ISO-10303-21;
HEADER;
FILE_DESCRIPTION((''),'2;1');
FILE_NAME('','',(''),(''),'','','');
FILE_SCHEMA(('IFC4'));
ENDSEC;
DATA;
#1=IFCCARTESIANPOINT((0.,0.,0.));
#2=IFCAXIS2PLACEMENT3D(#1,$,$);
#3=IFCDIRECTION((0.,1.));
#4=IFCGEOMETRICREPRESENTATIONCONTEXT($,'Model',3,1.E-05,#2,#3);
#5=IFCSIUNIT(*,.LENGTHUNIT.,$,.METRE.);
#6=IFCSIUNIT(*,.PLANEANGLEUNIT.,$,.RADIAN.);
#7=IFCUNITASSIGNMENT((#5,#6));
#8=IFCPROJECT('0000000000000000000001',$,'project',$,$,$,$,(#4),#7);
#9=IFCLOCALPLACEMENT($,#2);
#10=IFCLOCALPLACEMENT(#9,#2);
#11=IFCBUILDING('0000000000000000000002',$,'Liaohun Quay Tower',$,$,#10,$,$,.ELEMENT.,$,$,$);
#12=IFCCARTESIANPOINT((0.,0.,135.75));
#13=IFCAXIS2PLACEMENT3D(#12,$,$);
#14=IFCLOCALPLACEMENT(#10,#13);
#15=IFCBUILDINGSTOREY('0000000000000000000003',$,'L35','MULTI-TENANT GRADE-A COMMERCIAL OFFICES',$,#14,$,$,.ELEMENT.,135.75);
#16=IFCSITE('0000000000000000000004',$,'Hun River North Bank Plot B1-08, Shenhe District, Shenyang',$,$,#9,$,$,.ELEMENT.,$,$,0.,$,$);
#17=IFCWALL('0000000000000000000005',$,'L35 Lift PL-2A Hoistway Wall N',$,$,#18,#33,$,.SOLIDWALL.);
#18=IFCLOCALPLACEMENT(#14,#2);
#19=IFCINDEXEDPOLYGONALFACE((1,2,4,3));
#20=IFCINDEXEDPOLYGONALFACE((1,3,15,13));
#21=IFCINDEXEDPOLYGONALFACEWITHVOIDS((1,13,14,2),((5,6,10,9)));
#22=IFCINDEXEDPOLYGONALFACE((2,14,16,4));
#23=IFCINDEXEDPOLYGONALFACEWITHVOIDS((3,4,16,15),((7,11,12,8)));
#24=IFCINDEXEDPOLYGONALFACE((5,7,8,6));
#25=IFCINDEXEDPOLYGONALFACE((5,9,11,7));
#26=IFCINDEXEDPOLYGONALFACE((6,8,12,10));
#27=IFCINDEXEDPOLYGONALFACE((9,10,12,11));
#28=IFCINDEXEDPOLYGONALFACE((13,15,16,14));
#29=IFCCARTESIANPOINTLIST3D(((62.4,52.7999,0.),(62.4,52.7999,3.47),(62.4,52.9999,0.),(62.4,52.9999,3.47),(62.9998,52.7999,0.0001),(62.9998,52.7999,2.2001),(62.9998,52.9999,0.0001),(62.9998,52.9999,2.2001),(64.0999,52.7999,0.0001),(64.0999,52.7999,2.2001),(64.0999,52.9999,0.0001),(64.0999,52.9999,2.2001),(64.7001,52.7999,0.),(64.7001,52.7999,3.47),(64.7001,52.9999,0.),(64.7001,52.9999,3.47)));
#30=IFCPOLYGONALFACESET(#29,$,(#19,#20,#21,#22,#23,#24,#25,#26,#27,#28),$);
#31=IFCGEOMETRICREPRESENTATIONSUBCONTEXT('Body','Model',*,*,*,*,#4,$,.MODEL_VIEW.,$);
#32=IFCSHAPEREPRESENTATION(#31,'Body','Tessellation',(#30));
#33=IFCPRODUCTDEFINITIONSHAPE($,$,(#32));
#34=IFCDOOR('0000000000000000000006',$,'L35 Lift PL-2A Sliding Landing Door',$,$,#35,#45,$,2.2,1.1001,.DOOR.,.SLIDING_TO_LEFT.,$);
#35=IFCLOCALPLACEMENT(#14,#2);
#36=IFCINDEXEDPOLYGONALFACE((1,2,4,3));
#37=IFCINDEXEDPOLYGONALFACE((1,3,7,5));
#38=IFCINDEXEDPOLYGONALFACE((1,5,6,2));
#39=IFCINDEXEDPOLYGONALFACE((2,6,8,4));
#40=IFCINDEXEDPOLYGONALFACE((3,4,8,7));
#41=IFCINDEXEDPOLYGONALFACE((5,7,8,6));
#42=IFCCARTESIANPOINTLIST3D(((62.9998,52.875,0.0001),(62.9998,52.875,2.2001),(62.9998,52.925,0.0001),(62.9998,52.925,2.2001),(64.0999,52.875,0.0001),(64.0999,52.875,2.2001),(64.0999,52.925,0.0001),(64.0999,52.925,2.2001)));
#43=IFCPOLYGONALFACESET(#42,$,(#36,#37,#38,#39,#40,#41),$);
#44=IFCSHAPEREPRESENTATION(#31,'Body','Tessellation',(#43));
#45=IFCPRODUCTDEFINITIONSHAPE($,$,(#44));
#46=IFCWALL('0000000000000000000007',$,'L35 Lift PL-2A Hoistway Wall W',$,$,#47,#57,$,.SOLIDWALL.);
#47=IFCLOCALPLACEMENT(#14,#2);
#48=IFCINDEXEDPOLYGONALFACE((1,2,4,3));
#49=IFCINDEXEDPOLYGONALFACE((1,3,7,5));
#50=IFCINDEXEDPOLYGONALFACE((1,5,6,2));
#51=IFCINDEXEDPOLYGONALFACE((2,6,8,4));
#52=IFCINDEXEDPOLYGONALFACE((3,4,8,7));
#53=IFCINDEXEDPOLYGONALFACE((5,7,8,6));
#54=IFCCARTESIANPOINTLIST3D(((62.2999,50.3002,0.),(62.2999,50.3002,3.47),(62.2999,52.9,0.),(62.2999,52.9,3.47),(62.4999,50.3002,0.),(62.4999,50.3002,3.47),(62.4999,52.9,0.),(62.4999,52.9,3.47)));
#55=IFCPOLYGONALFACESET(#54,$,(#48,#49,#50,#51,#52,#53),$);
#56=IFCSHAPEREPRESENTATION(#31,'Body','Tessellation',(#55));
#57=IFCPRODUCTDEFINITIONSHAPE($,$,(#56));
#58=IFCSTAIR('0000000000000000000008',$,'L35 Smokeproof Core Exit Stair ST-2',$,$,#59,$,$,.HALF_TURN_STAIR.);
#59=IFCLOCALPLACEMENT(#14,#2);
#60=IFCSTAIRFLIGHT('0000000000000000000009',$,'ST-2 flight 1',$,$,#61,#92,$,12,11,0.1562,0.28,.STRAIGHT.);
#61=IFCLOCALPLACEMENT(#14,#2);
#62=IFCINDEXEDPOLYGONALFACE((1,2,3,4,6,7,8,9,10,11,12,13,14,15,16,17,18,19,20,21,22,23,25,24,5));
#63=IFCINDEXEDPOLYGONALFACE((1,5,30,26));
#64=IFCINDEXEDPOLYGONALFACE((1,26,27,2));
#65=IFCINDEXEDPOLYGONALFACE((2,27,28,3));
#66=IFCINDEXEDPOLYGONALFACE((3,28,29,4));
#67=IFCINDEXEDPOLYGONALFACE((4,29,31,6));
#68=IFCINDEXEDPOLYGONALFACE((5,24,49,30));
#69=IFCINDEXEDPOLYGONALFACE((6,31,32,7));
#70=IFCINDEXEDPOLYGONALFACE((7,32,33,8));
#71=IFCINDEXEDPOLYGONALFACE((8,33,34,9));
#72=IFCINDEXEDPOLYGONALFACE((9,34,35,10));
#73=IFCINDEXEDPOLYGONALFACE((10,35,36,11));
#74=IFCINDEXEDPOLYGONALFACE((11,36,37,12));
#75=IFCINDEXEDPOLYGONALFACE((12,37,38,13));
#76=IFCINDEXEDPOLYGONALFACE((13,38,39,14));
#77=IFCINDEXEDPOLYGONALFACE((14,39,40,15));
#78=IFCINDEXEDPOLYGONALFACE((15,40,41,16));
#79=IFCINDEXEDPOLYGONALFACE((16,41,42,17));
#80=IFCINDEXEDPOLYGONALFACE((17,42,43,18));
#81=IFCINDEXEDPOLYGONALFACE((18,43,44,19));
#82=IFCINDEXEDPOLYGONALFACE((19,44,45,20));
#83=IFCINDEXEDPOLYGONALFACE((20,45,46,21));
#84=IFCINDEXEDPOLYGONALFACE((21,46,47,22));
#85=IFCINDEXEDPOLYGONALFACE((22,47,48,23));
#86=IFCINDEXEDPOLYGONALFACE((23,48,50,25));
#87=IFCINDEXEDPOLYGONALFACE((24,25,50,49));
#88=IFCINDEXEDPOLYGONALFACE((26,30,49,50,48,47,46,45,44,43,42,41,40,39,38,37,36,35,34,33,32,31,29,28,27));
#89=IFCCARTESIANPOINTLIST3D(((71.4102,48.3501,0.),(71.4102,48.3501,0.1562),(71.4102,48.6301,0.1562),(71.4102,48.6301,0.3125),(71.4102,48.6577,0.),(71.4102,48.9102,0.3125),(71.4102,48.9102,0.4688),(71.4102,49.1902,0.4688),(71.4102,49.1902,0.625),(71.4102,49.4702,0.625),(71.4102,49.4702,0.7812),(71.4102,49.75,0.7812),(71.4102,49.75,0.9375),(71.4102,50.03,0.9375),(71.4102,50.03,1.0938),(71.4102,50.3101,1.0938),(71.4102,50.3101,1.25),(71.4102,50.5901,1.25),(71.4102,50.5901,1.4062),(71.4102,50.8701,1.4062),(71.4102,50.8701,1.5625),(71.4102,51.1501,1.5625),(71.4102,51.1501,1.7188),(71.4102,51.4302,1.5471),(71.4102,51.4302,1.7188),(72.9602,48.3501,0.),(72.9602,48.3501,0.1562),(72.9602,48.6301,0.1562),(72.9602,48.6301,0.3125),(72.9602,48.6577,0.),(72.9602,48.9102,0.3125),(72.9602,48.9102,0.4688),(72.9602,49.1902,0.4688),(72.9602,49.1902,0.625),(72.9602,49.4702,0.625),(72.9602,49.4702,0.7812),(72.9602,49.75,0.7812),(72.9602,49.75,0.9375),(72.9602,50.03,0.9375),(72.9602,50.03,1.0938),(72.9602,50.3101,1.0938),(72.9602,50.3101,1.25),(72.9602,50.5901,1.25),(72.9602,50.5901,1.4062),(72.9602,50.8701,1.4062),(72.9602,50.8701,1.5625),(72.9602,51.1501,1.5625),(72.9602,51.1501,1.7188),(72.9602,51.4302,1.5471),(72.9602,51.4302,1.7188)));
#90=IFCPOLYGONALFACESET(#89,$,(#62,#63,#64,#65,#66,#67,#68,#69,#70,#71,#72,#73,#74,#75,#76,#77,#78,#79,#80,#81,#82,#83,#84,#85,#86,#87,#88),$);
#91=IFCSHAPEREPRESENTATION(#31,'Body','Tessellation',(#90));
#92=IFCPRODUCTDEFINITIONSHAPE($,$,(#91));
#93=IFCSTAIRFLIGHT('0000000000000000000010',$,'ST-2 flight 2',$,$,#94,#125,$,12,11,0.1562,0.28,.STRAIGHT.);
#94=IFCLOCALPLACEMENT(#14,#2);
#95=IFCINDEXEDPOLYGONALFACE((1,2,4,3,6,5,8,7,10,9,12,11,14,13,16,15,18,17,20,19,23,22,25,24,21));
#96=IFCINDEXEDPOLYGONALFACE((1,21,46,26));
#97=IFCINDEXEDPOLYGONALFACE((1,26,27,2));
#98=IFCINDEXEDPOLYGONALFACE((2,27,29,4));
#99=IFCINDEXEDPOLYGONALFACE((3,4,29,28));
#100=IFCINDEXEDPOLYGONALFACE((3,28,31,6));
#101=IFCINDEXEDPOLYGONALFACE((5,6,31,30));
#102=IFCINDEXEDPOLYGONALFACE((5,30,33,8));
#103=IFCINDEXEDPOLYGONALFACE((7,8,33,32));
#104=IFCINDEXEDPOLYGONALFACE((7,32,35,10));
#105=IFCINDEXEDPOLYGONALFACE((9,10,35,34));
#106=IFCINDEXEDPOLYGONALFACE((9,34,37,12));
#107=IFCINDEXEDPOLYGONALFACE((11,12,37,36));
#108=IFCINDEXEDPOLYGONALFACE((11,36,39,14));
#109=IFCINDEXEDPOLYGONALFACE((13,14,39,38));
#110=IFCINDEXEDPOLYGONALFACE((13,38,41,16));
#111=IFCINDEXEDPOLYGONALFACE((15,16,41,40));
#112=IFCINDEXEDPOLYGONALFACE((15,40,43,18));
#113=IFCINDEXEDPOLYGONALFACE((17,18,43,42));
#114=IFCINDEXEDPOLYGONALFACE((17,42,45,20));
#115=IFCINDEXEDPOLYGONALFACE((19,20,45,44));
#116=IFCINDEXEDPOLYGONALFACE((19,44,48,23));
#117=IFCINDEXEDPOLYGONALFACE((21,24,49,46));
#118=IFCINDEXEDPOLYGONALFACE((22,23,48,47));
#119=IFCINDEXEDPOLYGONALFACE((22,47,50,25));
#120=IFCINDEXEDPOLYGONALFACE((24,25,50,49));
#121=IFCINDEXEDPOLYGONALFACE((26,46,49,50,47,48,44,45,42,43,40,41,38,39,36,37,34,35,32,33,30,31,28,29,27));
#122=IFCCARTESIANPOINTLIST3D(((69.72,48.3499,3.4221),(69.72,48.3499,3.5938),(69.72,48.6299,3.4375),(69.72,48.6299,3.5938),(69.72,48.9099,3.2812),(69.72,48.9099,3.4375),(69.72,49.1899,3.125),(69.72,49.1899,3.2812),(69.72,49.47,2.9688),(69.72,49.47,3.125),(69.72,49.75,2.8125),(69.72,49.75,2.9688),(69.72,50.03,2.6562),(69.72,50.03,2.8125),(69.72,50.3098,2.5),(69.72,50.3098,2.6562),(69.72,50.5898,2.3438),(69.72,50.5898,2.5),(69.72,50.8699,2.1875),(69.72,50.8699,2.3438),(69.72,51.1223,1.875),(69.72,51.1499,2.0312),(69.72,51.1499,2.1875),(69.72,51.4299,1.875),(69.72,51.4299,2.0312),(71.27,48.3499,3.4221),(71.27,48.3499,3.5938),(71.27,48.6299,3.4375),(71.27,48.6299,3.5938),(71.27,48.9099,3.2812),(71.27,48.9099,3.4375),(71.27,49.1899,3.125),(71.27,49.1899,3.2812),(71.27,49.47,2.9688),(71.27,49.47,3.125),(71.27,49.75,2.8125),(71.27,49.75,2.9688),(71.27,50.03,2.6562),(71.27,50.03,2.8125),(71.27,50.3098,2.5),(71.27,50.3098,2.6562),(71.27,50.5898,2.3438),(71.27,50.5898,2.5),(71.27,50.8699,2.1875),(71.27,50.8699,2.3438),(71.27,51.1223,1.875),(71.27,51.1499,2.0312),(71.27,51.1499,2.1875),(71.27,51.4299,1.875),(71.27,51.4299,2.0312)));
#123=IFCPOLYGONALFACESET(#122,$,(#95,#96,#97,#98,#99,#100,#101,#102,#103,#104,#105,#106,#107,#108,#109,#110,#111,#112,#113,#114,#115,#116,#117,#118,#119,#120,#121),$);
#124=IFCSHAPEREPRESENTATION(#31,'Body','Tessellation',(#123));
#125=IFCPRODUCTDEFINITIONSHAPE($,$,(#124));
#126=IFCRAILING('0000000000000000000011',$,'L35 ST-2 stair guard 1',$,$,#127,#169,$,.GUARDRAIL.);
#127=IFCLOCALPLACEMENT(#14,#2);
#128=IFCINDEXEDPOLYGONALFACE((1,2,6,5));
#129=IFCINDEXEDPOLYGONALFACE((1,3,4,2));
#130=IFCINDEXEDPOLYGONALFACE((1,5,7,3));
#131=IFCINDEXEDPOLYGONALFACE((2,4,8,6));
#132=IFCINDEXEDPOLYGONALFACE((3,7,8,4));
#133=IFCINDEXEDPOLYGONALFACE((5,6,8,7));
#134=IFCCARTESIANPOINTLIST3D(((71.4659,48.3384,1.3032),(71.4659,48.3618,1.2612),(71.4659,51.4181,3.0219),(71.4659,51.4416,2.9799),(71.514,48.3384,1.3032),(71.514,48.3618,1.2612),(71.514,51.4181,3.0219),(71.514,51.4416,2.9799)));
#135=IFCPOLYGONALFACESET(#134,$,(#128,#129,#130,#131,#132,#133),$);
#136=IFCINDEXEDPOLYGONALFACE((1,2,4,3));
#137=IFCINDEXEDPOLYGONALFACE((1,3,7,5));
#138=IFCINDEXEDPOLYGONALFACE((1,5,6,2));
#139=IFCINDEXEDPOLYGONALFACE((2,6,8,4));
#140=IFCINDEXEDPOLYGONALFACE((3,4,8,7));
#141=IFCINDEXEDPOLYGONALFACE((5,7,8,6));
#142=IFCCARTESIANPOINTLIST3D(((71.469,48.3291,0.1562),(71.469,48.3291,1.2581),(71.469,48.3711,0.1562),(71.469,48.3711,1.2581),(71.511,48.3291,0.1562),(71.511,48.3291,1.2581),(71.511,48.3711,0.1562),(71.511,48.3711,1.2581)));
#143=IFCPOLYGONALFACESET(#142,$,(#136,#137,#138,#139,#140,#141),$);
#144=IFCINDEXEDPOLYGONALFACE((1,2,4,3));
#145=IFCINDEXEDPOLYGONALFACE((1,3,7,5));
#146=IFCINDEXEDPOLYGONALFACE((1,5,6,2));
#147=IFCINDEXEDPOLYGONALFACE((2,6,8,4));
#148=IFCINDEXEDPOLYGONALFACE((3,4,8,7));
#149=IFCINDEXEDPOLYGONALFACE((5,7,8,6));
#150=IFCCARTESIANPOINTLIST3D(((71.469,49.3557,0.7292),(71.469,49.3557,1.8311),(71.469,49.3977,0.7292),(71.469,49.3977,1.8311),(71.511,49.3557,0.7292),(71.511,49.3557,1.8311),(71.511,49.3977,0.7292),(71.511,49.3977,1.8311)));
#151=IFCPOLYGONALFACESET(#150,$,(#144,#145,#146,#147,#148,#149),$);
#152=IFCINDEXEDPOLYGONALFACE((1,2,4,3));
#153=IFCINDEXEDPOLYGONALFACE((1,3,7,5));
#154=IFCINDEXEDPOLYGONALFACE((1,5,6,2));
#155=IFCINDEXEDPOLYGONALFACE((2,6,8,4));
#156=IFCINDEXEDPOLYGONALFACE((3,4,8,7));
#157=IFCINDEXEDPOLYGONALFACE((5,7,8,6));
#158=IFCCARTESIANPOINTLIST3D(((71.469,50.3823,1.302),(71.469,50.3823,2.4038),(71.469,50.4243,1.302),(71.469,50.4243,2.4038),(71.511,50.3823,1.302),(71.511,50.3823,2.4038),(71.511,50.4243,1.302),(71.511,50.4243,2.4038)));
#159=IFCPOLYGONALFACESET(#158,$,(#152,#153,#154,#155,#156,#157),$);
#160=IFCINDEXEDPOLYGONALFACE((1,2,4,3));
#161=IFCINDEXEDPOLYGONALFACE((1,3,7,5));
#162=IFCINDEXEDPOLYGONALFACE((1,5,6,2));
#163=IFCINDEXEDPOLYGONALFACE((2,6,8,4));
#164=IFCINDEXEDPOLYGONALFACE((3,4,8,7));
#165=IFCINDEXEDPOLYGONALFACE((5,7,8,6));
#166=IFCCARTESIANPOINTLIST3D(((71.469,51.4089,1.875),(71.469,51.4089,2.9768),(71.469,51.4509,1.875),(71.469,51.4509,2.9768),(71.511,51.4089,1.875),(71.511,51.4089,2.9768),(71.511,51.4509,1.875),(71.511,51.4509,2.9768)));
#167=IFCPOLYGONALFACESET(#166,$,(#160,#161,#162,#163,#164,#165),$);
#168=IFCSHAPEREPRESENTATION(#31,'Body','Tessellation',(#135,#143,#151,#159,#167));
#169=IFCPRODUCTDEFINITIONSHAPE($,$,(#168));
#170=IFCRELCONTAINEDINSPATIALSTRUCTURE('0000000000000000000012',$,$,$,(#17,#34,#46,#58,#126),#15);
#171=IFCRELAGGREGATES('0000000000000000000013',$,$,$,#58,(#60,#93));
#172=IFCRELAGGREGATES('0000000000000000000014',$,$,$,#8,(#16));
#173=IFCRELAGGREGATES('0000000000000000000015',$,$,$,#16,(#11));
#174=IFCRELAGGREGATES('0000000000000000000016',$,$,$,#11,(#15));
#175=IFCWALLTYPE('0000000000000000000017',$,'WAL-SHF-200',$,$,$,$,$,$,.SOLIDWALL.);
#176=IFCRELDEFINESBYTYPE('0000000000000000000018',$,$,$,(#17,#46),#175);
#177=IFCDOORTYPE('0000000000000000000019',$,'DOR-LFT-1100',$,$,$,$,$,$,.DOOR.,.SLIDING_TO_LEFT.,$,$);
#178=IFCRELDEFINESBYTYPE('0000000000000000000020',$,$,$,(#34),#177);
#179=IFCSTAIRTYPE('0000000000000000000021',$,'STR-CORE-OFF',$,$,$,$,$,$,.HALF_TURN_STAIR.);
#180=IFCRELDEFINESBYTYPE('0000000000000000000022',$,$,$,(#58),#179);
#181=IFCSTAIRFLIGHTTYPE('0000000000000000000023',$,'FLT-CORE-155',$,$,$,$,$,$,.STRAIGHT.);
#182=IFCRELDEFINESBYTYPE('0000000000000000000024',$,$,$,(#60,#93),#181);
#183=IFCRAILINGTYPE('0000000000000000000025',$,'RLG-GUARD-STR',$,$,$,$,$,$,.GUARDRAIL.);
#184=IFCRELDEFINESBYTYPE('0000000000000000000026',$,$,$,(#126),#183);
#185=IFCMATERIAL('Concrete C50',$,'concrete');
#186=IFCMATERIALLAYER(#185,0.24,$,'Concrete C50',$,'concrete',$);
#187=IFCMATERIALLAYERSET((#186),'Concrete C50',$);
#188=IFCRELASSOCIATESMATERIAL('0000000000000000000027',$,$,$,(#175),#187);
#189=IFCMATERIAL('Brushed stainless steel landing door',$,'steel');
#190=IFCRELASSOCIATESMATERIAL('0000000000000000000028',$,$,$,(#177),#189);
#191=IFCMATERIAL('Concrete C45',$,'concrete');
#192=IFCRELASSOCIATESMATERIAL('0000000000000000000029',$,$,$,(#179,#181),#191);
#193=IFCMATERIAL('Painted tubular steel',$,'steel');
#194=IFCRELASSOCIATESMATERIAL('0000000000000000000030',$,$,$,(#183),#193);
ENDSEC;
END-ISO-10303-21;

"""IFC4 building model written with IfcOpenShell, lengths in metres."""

from ifc_helpers import new_model, si_unit, direction, frame, frame_2d, origin, origin_2d, place, context, subcontext, project, spatial, polyline, rectangle, outline, extrude, source, transform, mapped, material, layer, layer_set, type_object, element, fill, aggregate, save


model = new_model("IFC4")

# Units and contexts
model_context = context("Model", 3, precision=1e-05, world=origin(), true_north=direction((0.0, 1.0)))
body_context = subcontext(model_context, "Body", "Model", "MODEL_VIEW")
ifc_project = project(units=[si_unit("LENGTHUNIT", "METRE"), si_unit("PLANEANGLEUNIT", "RADIAN")], contexts=[model_context])

# Site, building, storey
site_placement = place(None, origin())
site = spatial("IfcSite", under=ifc_project, at=site_placement, Name="Hun River North Bank Plot B1-08, Shenhe District, Shenyang", CompositionType="ELEMENT", RefElevation=0.0)
building_placement = place(site_placement, origin())
building = spatial("IfcBuilding", under=site, at=building_placement, Name="Liaohun Quay Tower", CompositionType="ELEMENT")
storey_placement = place(building_placement, frame((0.0, 0.0, 135.75)))
storey = spatial("IfcBuildingStorey", under=building, at=storey_placement, Name="L35", Description="MULTI-TENANT GRADE-A COMMERCIAL OFFICES", CompositionType="ELEMENT", Elevation=135.75)

# Shared definitions
ifc_material_1 = material(Name="Concrete C50", Category="concrete")
ifc_layer_1 = layer(ifc_material_1, 0.24, Name="Concrete C50", Category="concrete")
ifc_layer_set_1 = layer_set([ifc_layer_1], Name="Concrete C50")
wall_type_1 = type_object("IfcWallType", Name="WAL-SHF-200", PredefinedType="SOLIDWALL", material=ifc_layer_set_1)

# Wall, opening, door
wall_1_placement = place(storey_placement, frame((64.7, 52.8999, 0.0), z_axis=(0.0, 0.0, 1.0), x_axis=(-1.0, 0.0, 0.0)))
wall_1 = element("IfcWall", 1, at=wall_1_placement, inside=storey, type_object=wall_type_1, Name="L35 Lift PL-2A Hoistway Wall N", PredefinedType="SOLIDWALL", context=body_context, shape_type="SweptSolid", body=[
    extrude(rectangle(XDim=2.3, YDim=0.2, at=frame_2d((1.1499, 0.0))), origin(), (0.0, 0.0, 1.0), 3.47),
])
shared_shape_1 = source(origin(), body_context, "Body", "SweptSolid", [
    extrude(rectangle(XDim=1.1001, YDim=2.2, at=frame_2d((0.55, 1.1001))), frame((0.0, 0.1099, 0.0), z_axis=(0.0, -1.0, 0.0), x_axis=(1.0, 0.0, 0.0)), (0.0, 0.0, 1.0), 0.22),
])
opening_1_placement = place(wall_1_placement, frame((0.6001, 0.0, 0.0)))
opening_1 = element("IfcOpeningElement", 2, at=opening_1_placement, cuts=wall_1, PredefinedType="OPENING", context=body_context, shape_type="MappedRepresentation", body=[
    mapped(shared_shape_1, transform((0.0, 0.0, 0.0), x_axis=(1.0, 0.0, 0.0), y_axis=(0.0, 1.0, 0.0), z_axis=(0.0, 0.0, 1.0), scale=1.0)),
])
ifc_material_2 = material(Name="Brushed stainless steel landing door", Category="steel")
door_type_1 = type_object("IfcDoorType", Name="DOR-LFT-1100", OperationType="SLIDING_TO_LEFT", PredefinedType="DOOR", material=ifc_material_2)
shared_shape_2 = source(origin(), body_context, "Body", "SweptSolid", [
    extrude(rectangle(XDim=1.1001, YDim=2.2, at=frame_2d((0.55, 1.1001))), frame((0.0, 0.0249, 0.0), z_axis=(0.0, -1.0, 0.0), x_axis=(1.0, 0.0, 0.0)), (0.0, 0.0, 1.0), 0.05),
])
door_1_placement = place(opening_1_placement, origin())
door_1 = element("IfcDoor", 3, at=door_1_placement, inside=storey, type_object=door_type_1, Name="L35 Lift PL-2A Sliding Landing Door", OperationType="SLIDING_TO_LEFT", OverallHeight=2.2, OverallWidth=1.1001, PredefinedType="DOOR", context=body_context, shape_type="MappedRepresentation", body=[
    mapped(shared_shape_2, transform((0.0, 0.0, 0.0), x_axis=(1.0, 0.0, 0.0), y_axis=(0.0, 1.0, 0.0), z_axis=(0.0, 0.0, 1.0), scale=1.0)),
])
fill(opening_1, door_1)

# Wall
wall_2_placement = place(storey_placement, frame((62.3999, 52.8999, 0.0), z_axis=(0.0, 0.0, 1.0), x_axis=(0.0, -1.0, 0.0)))
element("IfcWall", 4, at=wall_2_placement, inside=storey, type_object=wall_type_1, Name="L35 Lift PL-2A Hoistway Wall W", PredefinedType="SOLIDWALL", context=body_context, shape_type="SweptSolid", body=[
    extrude(rectangle(XDim=2.5999, YDim=0.2, at=frame_2d((1.2998, 0.0))), origin(), (0.0, 0.0, 1.0), 3.47),
])

# Stair, stair flights
ifc_material_3 = material(Name="Concrete C45", Category="concrete")
stair_type = type_object("IfcStairType", Name="STR-CORE-OFF", PredefinedType="HALF_TURN_STAIR", material=ifc_material_3)
stair_placement = place(storey_placement, origin())
stair = element("IfcStair", 5, at=stair_placement, inside=storey, type_object=stair_type, Name="L35 Smokeproof Core Exit Stair ST-2", PredefinedType="HALF_TURN_STAIR")
stair_flight_type = type_object("IfcStairFlightType", Name="FLT-CORE-155", PredefinedType="STRAIGHT", material=ifc_material_3)
stair_flight_1_placement = place(storey_placement, frame((72.1851, 48.3501, 0.0), z_axis=(0.0, 0.0, 1.0), x_axis=(0.0, 1.0, 0.0)))
stair_flight_1 = element("IfcStairFlight", 6, at=stair_flight_1_placement, type_object=stair_flight_type, Name="ST-2 flight 1", NumberOfRisers=12, NumberOfTreads=11, PredefinedType="STRAIGHT", RiserHeight=0.1562, TreadLength=0.28, context=body_context, shape_type="SweptSolid", body=[
    extrude(outline(polyline([(0.0, 0.0), (0.0, 0.1562), (0.28, 0.1562), (0.28, 0.3125), (0.5601, 0.3125), (0.5601, 0.4688), (0.8401, 0.4688), (0.8401, 0.625), (1.1201, 0.625), (1.1201, 0.7812), (1.3999, 0.7812), (1.3999, 0.9375), (1.6799, 0.9375), (1.6799, 1.0938), (1.96, 1.0938), (1.96, 1.25), (2.24, 1.25), (2.24, 1.4062), (2.52, 1.4062), (2.52, 1.5625), (2.8, 1.5625), (2.8, 1.7188), (3.0801, 1.7188), (3.0801, 1.875), (3.0801, 1.5471), (0.3076, 0.0), (0.0, 0.0)])), frame((0.0, 0.7749, 0.0), z_axis=(0.0, -1.0, 0.0), x_axis=(1.0, 0.0, 0.0)), (0.0, 0.0, 1.0), 1.55),
])
stair_flight_2_placement = place(storey_placement, frame((70.4951, 51.4299, 1.875), z_axis=(0.0, 0.0, 1.0), x_axis=(0.0, -1.0, 0.0)))
stair_flight_2 = element("IfcStairFlight", 7, at=stair_flight_2_placement, type_object=stair_flight_type, Name="ST-2 flight 2", NumberOfRisers=12, NumberOfTreads=11, PredefinedType="STRAIGHT", RiserHeight=0.1562, TreadLength=0.28, context=body_context, shape_type="SweptSolid", body=[
    extrude(outline(polyline([(0.0, 0.0), (0.0, 0.1562), (0.28, 0.1562), (0.28, 0.3125), (0.5601, 0.3125), (0.5601, 0.4688), (0.8401, 0.4688), (0.8401, 0.625), (1.1201, 0.625), (1.1201, 0.7812), (1.3999, 0.7812), (1.3999, 0.9375), (1.6799, 0.9375), (1.6799, 1.0938), (1.96, 1.0938), (1.96, 1.25), (2.24, 1.25), (2.24, 1.4062), (2.52, 1.4062), (2.52, 1.5625), (2.8, 1.5625), (2.8, 1.7188), (3.0801, 1.7188), (3.0801, 1.875), (3.0801, 1.5471), (0.3076, 0.0), (0.0, 0.0)])), frame((0.0, 0.7749, 0.0), z_axis=(0.0, -1.0, 0.0), x_axis=(1.0, 0.0, 0.0)), (0.0, 0.0, 1.0), 1.55),
])
aggregate(stair, [stair_flight_1, stair_flight_2])

# Railing
ifc_material_4 = material(Name="Painted tubular steel", Category="steel")
railing_type_1 = type_object("IfcRailingType", Name="RLG-GUARD-STR", PredefinedType="GUARDRAIL", material=ifc_material_4)
railing_1_placement = place(storey_placement, frame((71.49, 48.3501, 0.1562)))
element("IfcRailing", 8, at=railing_1_placement, inside=storey, type_object=railing_type_1, Name="L35 ST-2 stair guard 1", PredefinedType="GUARDRAIL", context=body_context, shape_type="SweptSolid", body=[
    extrude(rectangle(XDim=0.0481, YDim=0.0481, at=origin_2d()), frame((0.0, 0.0, 1.126), z_axis=(0.0, 0.873225, 0.487317), x_axis=(-1.0, 0.0, 0.0)), (0.0, 0.0, 1.0), 3.5269),
    extrude(rectangle(XDim=0.042, YDim=0.042, at=origin_2d()), origin(), (0.0, 0.0, 1.0), 1.1018),
    extrude(rectangle(XDim=0.042, YDim=0.042, at=origin_2d()), frame((0.0, 1.0266, 0.573)), (0.0, 0.0, 1.0), 1.1018),
    extrude(rectangle(XDim=0.042, YDim=0.042, at=origin_2d()), frame((0.0, 2.0532, 1.1458)), (0.0, 0.0, 1.0), 1.1018),
    extrude(rectangle(XDim=0.042, YDim=0.042, at=origin_2d()), frame((0.0, 3.0798, 1.7188)), (0.0, 0.0, 1.0), 1.1018),
])

save(model, "model.ifc")
